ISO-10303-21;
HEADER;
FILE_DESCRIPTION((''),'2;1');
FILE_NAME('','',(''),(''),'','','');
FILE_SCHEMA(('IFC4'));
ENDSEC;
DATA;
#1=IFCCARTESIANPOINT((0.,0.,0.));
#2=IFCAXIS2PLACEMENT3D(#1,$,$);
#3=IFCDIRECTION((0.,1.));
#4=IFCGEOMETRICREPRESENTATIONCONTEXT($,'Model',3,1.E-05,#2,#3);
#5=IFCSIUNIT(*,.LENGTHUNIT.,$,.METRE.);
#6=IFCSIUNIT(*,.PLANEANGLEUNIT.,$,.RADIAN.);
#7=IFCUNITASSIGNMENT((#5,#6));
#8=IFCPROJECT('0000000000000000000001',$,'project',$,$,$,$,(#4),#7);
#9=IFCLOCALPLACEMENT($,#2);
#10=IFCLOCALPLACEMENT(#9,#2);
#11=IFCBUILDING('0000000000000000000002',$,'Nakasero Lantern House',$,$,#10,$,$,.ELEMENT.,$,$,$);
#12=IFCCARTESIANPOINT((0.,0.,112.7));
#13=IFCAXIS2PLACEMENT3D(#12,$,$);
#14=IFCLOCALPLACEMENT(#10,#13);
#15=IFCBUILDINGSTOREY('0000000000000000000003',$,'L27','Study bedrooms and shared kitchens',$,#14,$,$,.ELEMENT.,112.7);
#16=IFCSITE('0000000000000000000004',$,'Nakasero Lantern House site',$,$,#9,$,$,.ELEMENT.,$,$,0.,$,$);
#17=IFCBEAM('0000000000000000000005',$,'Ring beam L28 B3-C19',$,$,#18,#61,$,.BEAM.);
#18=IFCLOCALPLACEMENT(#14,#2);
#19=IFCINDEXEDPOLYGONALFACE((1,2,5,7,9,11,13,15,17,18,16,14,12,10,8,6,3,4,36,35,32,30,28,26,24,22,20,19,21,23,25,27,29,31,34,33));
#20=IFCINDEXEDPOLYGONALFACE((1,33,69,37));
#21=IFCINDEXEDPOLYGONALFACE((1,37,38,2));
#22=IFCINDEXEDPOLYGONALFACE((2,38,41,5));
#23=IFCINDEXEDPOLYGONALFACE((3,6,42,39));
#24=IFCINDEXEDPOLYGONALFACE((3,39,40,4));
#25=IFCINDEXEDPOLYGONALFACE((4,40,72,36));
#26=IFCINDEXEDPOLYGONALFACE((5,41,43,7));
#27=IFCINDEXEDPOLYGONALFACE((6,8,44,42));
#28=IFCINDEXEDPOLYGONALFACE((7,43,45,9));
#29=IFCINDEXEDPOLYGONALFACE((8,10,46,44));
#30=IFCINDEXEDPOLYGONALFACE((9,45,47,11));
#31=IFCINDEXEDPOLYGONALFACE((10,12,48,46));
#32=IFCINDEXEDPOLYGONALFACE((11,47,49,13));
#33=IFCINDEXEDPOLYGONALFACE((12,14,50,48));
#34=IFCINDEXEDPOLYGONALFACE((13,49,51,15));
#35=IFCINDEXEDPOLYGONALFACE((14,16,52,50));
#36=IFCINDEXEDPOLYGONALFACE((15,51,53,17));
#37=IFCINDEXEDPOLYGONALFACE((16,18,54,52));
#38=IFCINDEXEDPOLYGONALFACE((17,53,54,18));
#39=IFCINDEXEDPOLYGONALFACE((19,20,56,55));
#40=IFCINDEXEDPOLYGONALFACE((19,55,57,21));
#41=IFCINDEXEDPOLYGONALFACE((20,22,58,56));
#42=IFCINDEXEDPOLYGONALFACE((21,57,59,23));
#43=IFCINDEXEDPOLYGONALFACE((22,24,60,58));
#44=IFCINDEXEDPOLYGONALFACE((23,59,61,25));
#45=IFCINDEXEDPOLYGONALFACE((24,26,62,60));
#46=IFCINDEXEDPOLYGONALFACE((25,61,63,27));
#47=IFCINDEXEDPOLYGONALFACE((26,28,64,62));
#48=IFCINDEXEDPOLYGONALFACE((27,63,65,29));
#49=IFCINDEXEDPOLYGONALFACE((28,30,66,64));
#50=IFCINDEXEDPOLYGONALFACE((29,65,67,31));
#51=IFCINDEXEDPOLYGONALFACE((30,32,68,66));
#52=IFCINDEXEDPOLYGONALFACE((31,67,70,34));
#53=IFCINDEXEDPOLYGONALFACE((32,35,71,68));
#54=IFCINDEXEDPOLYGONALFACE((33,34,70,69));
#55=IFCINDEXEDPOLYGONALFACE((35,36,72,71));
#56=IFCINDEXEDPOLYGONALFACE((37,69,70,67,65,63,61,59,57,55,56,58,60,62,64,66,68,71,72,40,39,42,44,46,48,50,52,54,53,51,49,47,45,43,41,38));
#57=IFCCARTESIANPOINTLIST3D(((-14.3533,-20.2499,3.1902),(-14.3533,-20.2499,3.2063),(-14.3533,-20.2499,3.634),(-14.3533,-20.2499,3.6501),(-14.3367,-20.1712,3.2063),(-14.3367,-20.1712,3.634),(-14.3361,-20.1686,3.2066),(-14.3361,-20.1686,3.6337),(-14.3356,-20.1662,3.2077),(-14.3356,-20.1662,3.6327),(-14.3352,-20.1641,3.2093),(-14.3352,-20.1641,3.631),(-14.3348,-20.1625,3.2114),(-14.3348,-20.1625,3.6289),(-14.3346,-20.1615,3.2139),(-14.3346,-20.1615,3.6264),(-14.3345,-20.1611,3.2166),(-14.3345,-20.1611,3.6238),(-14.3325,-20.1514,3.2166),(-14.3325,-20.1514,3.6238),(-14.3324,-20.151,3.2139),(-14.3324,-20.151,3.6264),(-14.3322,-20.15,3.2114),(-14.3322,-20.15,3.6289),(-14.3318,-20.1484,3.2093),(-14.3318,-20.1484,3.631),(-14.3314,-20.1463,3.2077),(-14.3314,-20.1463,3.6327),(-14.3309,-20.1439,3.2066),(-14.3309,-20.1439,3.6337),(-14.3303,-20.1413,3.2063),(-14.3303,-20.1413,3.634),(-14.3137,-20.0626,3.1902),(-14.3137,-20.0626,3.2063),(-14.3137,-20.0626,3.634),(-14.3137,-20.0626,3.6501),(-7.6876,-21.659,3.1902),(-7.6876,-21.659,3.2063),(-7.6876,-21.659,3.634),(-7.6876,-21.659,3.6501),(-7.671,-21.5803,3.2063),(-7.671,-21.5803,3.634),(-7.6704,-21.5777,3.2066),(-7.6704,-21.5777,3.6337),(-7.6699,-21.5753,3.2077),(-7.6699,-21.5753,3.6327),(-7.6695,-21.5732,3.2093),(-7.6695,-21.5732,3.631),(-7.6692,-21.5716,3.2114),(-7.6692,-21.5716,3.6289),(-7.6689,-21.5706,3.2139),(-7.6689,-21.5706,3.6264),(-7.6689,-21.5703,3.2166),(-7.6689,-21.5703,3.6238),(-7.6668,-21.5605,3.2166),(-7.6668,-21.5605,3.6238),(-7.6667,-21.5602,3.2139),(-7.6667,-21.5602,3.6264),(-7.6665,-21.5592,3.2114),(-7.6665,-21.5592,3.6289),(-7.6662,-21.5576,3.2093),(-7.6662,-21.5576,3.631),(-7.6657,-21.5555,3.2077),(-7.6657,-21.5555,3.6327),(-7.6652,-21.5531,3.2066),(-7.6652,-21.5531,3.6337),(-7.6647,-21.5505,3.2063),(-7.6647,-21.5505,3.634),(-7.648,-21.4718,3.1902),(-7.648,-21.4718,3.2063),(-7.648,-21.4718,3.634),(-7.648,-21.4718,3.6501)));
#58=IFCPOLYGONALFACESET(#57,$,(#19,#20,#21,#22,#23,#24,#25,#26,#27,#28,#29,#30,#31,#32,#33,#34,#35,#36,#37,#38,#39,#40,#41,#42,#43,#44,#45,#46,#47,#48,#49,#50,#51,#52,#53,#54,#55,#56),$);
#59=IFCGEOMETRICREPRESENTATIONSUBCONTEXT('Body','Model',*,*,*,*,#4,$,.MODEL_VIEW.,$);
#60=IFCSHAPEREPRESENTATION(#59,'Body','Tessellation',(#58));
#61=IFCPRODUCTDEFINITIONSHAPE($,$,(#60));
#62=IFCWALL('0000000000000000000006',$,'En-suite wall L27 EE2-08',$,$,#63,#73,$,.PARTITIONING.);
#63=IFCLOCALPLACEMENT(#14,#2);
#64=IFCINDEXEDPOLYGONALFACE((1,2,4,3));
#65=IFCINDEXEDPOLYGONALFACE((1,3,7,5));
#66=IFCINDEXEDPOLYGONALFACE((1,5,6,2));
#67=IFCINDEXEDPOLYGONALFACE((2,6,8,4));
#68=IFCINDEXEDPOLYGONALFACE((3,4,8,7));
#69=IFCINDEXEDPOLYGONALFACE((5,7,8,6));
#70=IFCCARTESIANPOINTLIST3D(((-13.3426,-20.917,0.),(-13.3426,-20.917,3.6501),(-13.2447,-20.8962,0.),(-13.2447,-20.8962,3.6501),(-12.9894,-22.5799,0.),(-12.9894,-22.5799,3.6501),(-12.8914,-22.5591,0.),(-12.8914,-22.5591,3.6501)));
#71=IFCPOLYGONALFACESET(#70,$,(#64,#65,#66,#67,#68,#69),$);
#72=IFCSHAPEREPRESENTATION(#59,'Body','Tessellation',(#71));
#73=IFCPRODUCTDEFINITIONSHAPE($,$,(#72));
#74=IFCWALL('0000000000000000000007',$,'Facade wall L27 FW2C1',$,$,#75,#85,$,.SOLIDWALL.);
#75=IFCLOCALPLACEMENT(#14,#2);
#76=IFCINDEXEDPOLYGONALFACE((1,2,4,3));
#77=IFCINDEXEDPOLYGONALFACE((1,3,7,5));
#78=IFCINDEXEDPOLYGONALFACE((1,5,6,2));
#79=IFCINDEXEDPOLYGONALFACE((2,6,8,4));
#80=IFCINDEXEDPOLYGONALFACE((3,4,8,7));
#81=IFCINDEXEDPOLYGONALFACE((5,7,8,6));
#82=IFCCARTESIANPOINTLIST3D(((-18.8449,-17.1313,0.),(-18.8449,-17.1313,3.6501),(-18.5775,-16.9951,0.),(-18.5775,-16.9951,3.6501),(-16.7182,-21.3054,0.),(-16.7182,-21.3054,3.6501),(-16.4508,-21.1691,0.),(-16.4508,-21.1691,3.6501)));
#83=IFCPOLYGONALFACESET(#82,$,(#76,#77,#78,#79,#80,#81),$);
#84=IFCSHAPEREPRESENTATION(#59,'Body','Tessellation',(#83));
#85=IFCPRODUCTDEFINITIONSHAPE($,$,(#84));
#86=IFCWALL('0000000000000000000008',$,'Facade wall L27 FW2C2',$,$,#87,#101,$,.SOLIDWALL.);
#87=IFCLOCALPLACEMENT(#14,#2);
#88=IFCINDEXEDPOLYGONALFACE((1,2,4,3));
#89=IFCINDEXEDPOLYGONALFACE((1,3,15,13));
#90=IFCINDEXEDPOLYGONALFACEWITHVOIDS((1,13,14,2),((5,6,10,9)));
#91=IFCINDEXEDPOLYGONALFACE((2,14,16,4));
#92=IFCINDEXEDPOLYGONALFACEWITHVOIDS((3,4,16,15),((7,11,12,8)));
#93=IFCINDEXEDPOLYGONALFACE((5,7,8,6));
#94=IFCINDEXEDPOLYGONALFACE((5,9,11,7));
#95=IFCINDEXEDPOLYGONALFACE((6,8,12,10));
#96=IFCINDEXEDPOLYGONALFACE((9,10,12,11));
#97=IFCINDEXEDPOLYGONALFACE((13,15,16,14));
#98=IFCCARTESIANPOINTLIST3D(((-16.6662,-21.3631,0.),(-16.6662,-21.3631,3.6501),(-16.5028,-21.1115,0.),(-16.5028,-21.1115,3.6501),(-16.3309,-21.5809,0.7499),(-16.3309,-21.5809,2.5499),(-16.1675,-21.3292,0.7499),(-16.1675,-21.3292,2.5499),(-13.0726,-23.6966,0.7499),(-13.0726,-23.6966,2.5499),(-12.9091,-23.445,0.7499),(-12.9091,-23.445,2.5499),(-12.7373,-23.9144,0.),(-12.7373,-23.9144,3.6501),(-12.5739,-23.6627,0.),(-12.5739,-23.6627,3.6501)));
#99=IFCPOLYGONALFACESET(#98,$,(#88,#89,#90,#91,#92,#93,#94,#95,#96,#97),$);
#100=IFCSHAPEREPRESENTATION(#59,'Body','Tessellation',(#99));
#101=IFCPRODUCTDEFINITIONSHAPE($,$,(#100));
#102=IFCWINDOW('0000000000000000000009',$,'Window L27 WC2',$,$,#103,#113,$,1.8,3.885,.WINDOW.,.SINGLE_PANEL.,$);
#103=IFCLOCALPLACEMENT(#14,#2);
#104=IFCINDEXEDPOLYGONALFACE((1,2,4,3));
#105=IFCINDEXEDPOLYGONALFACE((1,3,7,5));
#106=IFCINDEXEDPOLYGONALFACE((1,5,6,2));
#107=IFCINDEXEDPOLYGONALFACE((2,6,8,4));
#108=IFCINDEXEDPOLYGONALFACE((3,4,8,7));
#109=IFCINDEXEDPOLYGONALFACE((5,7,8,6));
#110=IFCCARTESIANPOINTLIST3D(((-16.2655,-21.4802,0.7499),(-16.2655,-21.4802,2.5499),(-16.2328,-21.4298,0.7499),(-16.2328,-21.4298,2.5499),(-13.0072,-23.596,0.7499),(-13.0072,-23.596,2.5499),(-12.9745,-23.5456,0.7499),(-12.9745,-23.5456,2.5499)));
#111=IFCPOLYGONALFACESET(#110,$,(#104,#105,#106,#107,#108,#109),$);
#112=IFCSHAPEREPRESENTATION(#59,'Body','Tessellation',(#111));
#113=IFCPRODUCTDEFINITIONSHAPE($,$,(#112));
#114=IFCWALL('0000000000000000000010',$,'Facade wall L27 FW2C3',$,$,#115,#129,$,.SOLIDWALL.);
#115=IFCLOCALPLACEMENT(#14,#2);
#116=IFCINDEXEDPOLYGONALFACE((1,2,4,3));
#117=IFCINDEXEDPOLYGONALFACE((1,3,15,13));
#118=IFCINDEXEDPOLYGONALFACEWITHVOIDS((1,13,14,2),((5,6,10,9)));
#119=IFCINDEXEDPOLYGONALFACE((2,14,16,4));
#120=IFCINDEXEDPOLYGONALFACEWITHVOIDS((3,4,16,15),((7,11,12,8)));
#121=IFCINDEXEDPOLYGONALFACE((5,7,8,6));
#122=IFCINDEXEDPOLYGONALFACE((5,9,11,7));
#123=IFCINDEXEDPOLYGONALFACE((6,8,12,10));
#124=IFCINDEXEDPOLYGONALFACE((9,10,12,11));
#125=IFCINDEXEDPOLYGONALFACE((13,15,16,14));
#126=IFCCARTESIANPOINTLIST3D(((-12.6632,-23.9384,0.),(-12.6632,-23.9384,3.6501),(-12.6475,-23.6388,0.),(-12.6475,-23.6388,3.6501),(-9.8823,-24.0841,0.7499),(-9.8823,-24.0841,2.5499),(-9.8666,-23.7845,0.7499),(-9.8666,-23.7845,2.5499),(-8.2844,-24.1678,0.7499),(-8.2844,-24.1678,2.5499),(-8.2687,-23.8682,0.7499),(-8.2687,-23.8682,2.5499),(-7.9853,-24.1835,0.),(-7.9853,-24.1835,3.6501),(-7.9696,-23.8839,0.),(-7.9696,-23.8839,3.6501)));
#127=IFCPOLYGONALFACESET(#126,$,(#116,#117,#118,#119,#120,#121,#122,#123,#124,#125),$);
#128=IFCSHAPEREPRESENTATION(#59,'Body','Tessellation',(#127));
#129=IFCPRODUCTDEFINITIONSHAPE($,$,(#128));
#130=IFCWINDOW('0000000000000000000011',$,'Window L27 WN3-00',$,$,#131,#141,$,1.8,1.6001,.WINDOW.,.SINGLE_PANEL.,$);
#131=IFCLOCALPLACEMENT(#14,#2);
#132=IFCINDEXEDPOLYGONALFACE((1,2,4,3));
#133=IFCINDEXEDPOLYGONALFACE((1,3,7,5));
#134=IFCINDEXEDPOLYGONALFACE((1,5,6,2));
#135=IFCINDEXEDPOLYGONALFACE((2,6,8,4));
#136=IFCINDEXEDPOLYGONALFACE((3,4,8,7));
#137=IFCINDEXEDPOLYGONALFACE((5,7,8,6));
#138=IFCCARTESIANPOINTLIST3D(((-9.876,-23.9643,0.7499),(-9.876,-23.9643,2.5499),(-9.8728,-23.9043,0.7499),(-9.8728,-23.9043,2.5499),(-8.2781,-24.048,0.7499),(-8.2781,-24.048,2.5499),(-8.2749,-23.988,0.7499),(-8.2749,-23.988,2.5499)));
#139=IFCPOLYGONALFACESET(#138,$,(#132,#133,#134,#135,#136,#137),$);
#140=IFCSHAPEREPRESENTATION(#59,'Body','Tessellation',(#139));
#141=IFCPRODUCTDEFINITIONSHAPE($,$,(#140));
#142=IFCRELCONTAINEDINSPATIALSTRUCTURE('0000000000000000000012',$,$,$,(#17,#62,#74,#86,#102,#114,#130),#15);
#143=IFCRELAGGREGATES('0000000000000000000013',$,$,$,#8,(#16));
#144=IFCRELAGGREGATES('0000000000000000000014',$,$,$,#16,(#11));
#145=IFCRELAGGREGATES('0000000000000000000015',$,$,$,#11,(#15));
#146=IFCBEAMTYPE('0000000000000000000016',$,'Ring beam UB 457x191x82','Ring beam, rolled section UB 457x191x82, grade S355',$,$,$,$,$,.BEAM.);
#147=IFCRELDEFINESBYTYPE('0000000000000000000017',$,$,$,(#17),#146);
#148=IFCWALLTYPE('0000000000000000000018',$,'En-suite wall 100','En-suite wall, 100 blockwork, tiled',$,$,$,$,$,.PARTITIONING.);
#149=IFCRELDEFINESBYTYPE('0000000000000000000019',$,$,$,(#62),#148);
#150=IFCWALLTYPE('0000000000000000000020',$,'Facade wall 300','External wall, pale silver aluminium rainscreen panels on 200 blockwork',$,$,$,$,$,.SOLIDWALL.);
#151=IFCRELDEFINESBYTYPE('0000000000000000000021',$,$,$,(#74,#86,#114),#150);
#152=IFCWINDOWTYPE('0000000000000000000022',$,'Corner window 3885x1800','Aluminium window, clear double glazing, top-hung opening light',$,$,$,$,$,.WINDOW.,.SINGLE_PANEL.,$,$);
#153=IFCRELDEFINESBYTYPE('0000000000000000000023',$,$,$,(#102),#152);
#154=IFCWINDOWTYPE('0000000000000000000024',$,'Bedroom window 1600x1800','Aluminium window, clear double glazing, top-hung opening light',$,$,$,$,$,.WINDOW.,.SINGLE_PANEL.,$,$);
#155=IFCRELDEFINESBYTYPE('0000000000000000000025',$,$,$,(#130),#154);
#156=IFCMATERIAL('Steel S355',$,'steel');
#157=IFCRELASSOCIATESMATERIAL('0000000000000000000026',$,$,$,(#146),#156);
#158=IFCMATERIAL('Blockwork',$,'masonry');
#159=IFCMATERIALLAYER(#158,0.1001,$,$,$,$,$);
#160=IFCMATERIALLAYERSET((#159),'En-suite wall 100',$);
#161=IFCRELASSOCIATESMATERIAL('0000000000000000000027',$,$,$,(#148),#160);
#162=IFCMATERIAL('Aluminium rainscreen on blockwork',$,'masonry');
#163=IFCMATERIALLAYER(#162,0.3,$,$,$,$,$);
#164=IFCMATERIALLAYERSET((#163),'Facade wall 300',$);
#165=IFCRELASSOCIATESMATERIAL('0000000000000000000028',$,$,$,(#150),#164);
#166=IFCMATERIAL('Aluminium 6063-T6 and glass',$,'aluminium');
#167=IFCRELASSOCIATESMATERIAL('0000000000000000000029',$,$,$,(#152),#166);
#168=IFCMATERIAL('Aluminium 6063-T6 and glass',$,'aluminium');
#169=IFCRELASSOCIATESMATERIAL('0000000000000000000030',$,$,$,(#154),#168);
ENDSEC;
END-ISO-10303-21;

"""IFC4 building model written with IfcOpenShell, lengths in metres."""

from ifc_helpers import new_model, si_unit, direction, frame, frame_2d, origin, origin_2d, place, context, subcontext, project, spatial, rectangle, i_section, extrude, material, layer, layer_set, material_profile, profile_set, type_object, element, fill, save


model = new_model("IFC4")

# Units and contexts
model_context = context("Model", 3, precision=1e-05, world=origin(), true_north=direction((0.0, 1.0)))
body_context = subcontext(model_context, "Body", "Model", "MODEL_VIEW")
ifc_project = project(units=[si_unit("LENGTHUNIT", "METRE"), si_unit("PLANEANGLEUNIT", "RADIAN")], contexts=[model_context])

# Site, building, storey
site_placement = place(None, origin())
site = spatial("IfcSite", under=ifc_project, at=site_placement, Name="Nakasero Lantern House site", CompositionType="ELEMENT", RefElevation=0.0)
building_placement = place(site_placement, origin())
building = spatial("IfcBuilding", under=site, at=building_placement, Name="Nakasero Lantern House", CompositionType="ELEMENT")
storey_placement = place(building_placement, frame((0.0, 0.0, 112.7)))
storey = spatial("IfcBuildingStorey", under=building, at=storey_placement, Name="L27", Description="Study bedrooms and shared kitchens", CompositionType="ELEMENT", Elevation=112.7)

# Beam
ifc_material_1 = material(Name="Steel S355", Category="steel")
ifc_material_profile_1 = material_profile(ifc_material_1, i_section(OverallWidth=0.1914, OverallDepth=0.46, WebThickness=0.01, FlangeThickness=0.0161, FilletRadius=0.0103, at=origin_2d()), Name="UB 457x191x82")
ifc_profile_set_1 = profile_set([ifc_material_profile_1], Name="Steel S355")
beam_type_1 = type_object("IfcBeamType", Name="Ring beam UB 457x191x82", Description="Ring beam, rolled section UB 457x191x82, grade S355", PredefinedType="BEAM", material=ifc_profile_set_1)
beam_1_placement = place(storey_placement, frame((-14.3335, -20.1562, 3.4202), z_axis=(0.978376, -0.206834, 0.0), x_axis=(0.206834, 0.978376, 0.0)))
element("IfcBeam", 1, at=beam_1_placement, inside=storey, type_object=beam_type_1, Name="Ring beam L28 B3-C19", PredefinedType="BEAM", context=body_context, shape_type="SweptSolid", body=[
    extrude(i_section(OverallWidth=0.1914, OverallDepth=0.46, WebThickness=0.01, FlangeThickness=0.0161, FilletRadius=0.0103, at=origin_2d()), origin(), (0.0, 0.0, 1.0), 6.813),
])

# Walls
ifc_material_2 = material(Name="Blockwork", Category="masonry")
ifc_layer_1 = layer(ifc_material_2, 0.1001)
ifc_layer_set_1 = layer_set([ifc_layer_1], Name="En-suite wall 100")
wall_type_1 = type_object("IfcWallType", Name="En-suite wall 100", Description="En-suite wall, 100 blockwork, tiled", PredefinedType="PARTITIONING", material=ifc_layer_set_1)
wall_1_placement = place(storey_placement, frame((-13.2937, -20.9065, 0.0), z_axis=(0.0, 0.0, 1.0), x_axis=(0.207812, -0.978169, 0.0)))
element("IfcWall", 2, at=wall_1_placement, inside=storey, type_object=wall_type_1, Name="En-suite wall L27 EE2-08", PredefinedType="PARTITIONING", context=body_context, shape_type="SweptSolid", body=[
    extrude(rectangle(XDim=1.7, YDim=0.1001, at=frame_2d((0.8501, 0.0))), origin(), (0.0, 0.0, 1.0), 3.6501),
])
ifc_material_3 = material(Name="Aluminium rainscreen on blockwork", Category="masonry")
ifc_layer_2 = layer(ifc_material_3, 0.3)
ifc_layer_set_2 = layer_set([ifc_layer_2], Name="Facade wall 300")
wall_type_2 = type_object("IfcWallType", Name="Facade wall 300", Description="External wall, pale silver aluminium rainscreen panels on 200 blockwork", PredefinedType="SOLIDWALL", material=ifc_layer_set_2)
wall_2_placement = place(storey_placement, frame((-18.7112, -17.0632, 0.0), z_axis=(0.0, 0.0, 1.0), x_axis=(0.453976, -0.891014, 0.0)))
element("IfcWall", 3, at=wall_2_placement, inside=storey, type_object=wall_type_2, Name="Facade wall L27 FW2C1", PredefinedType="SOLIDWALL", context=body_context, shape_type="SweptSolid", body=[
    extrude(rectangle(XDim=4.6846, YDim=0.3, at=frame_2d((2.3423, 0.0))), origin(), (0.0, 0.0, 1.0), 3.6501),
])

# Walls, openings, windows
wall_3_placement = place(storey_placement, frame((-16.5845, -21.2373, 0.0), z_axis=(0.0, 0.0, 1.0), x_axis=(0.838692, -0.544605, 0.0)))
wall_3 = element("IfcWall", 4, at=wall_3_placement, inside=storey, type_object=wall_type_2, Name="Facade wall L27 FW2C2", PredefinedType="SOLIDWALL", context=body_context, shape_type="SweptSolid", body=[
    extrude(rectangle(XDim=4.6846, YDim=0.3, at=frame_2d((2.3423, 0.0))), origin(), (0.0, 0.0, 1.0), 3.6501),
])
opening_1_placement = place(wall_3_placement, frame((0.3999, 0.0, 0.75)))
opening_1 = element("IfcOpeningElement", 5, at=opening_1_placement, cuts=wall_3, PredefinedType="OPENING", context=body_context, shape_type="SweptSolid", body=[
    extrude(rectangle(XDim=3.885, YDim=1.8, at=frame_2d((1.9424, 0.8999))), frame((0.0, 0.1699, 0.0), z_axis=(0.0, -1.0, 0.0), x_axis=(1.0, 0.0, 0.0)), (0.0, 0.0, 1.0), 0.3401),
])
ifc_material_4 = material(Name="Aluminium 6063-T6 and glass", Category="aluminium")
window_type_1 = type_object("IfcWindowType", Name="Corner window 3885x1800", Description="Aluminium window, clear double glazing, top-hung opening light", PartitioningType="SINGLE_PANEL", PredefinedType="WINDOW", material=ifc_material_4)
window_1_placement = place(opening_1_placement, origin())
window_1 = element("IfcWindow", 6, at=window_1_placement, inside=storey, type_object=window_type_1, Name="Window L27 WC2", OverallHeight=1.8, OverallWidth=3.885, PartitioningType="SINGLE_PANEL", PredefinedType="WINDOW", context=body_context, shape_type="SweptSolid", body=[
    extrude(rectangle(XDim=3.885, YDim=1.8, at=frame_2d((1.9424, 0.8999))), frame((0.0, 0.03, 0.0), z_axis=(0.0, -1.0, 0.0), x_axis=(1.0, 0.0, 0.0)), (0.0, 0.0, 1.0), 0.0601),
])
fill(opening_1, window_1)
wall_4_placement = place(storey_placement, frame((-12.6555, -23.7886, 0.0), z_axis=(0.0, 0.0, 1.0), x_axis=(0.99863, -0.052326, 0.0)))
wall_4 = element("IfcWall", 7, at=wall_4_placement, inside=storey, type_object=wall_type_2, Name="Facade wall L27 FW2C3", PredefinedType="SOLIDWALL", context=body_context, shape_type="SweptSolid", body=[
    extrude(rectangle(XDim=4.6843, YDim=0.3, at=frame_2d((2.3423, 0.0))), origin(), (0.0, 0.0, 1.0), 3.6501),
])
opening_2_placement = place(wall_4_placement, frame((2.7849, 0.0, 0.75)))
opening_2 = element("IfcOpeningElement", 8, at=opening_2_placement, cuts=wall_4, PredefinedType="OPENING", context=body_context, shape_type="SweptSolid", body=[
    extrude(rectangle(XDim=1.6001, YDim=1.8, at=frame_2d((0.8, 0.8999))), frame((0.0, 0.1699, 0.0), z_axis=(0.0, -1.0, 0.0), x_axis=(1.0, 0.0, 0.0)), (0.0, 0.0, 1.0), 0.3401),
])
ifc_material_5 = material(Name="Aluminium 6063-T6 and glass", Category="aluminium")
window_type_2 = type_object("IfcWindowType", Name="Bedroom window 1600x1800", Description="Aluminium window, clear double glazing, top-hung opening light", PartitioningType="SINGLE_PANEL", PredefinedType="WINDOW", material=ifc_material_5)
window_2_placement = place(opening_2_placement, origin())
window_2 = element("IfcWindow", 9, at=window_2_placement, inside=storey, type_object=window_type_2, Name="Window L27 WN3-00", OverallHeight=1.8, OverallWidth=1.6001, PartitioningType="SINGLE_PANEL", PredefinedType="WINDOW", context=body_context, shape_type="SweptSolid", body=[
    extrude(rectangle(XDim=1.6001, YDim=1.8, at=frame_2d((0.8, 0.8999))), frame((0.0, 0.03, 0.0), z_axis=(0.0, -1.0, 0.0), x_axis=(1.0, 0.0, 0.0)), (0.0, 0.0, 1.0), 0.0601),
])
fill(opening_2, window_2)

save(model, "model.ifc")
